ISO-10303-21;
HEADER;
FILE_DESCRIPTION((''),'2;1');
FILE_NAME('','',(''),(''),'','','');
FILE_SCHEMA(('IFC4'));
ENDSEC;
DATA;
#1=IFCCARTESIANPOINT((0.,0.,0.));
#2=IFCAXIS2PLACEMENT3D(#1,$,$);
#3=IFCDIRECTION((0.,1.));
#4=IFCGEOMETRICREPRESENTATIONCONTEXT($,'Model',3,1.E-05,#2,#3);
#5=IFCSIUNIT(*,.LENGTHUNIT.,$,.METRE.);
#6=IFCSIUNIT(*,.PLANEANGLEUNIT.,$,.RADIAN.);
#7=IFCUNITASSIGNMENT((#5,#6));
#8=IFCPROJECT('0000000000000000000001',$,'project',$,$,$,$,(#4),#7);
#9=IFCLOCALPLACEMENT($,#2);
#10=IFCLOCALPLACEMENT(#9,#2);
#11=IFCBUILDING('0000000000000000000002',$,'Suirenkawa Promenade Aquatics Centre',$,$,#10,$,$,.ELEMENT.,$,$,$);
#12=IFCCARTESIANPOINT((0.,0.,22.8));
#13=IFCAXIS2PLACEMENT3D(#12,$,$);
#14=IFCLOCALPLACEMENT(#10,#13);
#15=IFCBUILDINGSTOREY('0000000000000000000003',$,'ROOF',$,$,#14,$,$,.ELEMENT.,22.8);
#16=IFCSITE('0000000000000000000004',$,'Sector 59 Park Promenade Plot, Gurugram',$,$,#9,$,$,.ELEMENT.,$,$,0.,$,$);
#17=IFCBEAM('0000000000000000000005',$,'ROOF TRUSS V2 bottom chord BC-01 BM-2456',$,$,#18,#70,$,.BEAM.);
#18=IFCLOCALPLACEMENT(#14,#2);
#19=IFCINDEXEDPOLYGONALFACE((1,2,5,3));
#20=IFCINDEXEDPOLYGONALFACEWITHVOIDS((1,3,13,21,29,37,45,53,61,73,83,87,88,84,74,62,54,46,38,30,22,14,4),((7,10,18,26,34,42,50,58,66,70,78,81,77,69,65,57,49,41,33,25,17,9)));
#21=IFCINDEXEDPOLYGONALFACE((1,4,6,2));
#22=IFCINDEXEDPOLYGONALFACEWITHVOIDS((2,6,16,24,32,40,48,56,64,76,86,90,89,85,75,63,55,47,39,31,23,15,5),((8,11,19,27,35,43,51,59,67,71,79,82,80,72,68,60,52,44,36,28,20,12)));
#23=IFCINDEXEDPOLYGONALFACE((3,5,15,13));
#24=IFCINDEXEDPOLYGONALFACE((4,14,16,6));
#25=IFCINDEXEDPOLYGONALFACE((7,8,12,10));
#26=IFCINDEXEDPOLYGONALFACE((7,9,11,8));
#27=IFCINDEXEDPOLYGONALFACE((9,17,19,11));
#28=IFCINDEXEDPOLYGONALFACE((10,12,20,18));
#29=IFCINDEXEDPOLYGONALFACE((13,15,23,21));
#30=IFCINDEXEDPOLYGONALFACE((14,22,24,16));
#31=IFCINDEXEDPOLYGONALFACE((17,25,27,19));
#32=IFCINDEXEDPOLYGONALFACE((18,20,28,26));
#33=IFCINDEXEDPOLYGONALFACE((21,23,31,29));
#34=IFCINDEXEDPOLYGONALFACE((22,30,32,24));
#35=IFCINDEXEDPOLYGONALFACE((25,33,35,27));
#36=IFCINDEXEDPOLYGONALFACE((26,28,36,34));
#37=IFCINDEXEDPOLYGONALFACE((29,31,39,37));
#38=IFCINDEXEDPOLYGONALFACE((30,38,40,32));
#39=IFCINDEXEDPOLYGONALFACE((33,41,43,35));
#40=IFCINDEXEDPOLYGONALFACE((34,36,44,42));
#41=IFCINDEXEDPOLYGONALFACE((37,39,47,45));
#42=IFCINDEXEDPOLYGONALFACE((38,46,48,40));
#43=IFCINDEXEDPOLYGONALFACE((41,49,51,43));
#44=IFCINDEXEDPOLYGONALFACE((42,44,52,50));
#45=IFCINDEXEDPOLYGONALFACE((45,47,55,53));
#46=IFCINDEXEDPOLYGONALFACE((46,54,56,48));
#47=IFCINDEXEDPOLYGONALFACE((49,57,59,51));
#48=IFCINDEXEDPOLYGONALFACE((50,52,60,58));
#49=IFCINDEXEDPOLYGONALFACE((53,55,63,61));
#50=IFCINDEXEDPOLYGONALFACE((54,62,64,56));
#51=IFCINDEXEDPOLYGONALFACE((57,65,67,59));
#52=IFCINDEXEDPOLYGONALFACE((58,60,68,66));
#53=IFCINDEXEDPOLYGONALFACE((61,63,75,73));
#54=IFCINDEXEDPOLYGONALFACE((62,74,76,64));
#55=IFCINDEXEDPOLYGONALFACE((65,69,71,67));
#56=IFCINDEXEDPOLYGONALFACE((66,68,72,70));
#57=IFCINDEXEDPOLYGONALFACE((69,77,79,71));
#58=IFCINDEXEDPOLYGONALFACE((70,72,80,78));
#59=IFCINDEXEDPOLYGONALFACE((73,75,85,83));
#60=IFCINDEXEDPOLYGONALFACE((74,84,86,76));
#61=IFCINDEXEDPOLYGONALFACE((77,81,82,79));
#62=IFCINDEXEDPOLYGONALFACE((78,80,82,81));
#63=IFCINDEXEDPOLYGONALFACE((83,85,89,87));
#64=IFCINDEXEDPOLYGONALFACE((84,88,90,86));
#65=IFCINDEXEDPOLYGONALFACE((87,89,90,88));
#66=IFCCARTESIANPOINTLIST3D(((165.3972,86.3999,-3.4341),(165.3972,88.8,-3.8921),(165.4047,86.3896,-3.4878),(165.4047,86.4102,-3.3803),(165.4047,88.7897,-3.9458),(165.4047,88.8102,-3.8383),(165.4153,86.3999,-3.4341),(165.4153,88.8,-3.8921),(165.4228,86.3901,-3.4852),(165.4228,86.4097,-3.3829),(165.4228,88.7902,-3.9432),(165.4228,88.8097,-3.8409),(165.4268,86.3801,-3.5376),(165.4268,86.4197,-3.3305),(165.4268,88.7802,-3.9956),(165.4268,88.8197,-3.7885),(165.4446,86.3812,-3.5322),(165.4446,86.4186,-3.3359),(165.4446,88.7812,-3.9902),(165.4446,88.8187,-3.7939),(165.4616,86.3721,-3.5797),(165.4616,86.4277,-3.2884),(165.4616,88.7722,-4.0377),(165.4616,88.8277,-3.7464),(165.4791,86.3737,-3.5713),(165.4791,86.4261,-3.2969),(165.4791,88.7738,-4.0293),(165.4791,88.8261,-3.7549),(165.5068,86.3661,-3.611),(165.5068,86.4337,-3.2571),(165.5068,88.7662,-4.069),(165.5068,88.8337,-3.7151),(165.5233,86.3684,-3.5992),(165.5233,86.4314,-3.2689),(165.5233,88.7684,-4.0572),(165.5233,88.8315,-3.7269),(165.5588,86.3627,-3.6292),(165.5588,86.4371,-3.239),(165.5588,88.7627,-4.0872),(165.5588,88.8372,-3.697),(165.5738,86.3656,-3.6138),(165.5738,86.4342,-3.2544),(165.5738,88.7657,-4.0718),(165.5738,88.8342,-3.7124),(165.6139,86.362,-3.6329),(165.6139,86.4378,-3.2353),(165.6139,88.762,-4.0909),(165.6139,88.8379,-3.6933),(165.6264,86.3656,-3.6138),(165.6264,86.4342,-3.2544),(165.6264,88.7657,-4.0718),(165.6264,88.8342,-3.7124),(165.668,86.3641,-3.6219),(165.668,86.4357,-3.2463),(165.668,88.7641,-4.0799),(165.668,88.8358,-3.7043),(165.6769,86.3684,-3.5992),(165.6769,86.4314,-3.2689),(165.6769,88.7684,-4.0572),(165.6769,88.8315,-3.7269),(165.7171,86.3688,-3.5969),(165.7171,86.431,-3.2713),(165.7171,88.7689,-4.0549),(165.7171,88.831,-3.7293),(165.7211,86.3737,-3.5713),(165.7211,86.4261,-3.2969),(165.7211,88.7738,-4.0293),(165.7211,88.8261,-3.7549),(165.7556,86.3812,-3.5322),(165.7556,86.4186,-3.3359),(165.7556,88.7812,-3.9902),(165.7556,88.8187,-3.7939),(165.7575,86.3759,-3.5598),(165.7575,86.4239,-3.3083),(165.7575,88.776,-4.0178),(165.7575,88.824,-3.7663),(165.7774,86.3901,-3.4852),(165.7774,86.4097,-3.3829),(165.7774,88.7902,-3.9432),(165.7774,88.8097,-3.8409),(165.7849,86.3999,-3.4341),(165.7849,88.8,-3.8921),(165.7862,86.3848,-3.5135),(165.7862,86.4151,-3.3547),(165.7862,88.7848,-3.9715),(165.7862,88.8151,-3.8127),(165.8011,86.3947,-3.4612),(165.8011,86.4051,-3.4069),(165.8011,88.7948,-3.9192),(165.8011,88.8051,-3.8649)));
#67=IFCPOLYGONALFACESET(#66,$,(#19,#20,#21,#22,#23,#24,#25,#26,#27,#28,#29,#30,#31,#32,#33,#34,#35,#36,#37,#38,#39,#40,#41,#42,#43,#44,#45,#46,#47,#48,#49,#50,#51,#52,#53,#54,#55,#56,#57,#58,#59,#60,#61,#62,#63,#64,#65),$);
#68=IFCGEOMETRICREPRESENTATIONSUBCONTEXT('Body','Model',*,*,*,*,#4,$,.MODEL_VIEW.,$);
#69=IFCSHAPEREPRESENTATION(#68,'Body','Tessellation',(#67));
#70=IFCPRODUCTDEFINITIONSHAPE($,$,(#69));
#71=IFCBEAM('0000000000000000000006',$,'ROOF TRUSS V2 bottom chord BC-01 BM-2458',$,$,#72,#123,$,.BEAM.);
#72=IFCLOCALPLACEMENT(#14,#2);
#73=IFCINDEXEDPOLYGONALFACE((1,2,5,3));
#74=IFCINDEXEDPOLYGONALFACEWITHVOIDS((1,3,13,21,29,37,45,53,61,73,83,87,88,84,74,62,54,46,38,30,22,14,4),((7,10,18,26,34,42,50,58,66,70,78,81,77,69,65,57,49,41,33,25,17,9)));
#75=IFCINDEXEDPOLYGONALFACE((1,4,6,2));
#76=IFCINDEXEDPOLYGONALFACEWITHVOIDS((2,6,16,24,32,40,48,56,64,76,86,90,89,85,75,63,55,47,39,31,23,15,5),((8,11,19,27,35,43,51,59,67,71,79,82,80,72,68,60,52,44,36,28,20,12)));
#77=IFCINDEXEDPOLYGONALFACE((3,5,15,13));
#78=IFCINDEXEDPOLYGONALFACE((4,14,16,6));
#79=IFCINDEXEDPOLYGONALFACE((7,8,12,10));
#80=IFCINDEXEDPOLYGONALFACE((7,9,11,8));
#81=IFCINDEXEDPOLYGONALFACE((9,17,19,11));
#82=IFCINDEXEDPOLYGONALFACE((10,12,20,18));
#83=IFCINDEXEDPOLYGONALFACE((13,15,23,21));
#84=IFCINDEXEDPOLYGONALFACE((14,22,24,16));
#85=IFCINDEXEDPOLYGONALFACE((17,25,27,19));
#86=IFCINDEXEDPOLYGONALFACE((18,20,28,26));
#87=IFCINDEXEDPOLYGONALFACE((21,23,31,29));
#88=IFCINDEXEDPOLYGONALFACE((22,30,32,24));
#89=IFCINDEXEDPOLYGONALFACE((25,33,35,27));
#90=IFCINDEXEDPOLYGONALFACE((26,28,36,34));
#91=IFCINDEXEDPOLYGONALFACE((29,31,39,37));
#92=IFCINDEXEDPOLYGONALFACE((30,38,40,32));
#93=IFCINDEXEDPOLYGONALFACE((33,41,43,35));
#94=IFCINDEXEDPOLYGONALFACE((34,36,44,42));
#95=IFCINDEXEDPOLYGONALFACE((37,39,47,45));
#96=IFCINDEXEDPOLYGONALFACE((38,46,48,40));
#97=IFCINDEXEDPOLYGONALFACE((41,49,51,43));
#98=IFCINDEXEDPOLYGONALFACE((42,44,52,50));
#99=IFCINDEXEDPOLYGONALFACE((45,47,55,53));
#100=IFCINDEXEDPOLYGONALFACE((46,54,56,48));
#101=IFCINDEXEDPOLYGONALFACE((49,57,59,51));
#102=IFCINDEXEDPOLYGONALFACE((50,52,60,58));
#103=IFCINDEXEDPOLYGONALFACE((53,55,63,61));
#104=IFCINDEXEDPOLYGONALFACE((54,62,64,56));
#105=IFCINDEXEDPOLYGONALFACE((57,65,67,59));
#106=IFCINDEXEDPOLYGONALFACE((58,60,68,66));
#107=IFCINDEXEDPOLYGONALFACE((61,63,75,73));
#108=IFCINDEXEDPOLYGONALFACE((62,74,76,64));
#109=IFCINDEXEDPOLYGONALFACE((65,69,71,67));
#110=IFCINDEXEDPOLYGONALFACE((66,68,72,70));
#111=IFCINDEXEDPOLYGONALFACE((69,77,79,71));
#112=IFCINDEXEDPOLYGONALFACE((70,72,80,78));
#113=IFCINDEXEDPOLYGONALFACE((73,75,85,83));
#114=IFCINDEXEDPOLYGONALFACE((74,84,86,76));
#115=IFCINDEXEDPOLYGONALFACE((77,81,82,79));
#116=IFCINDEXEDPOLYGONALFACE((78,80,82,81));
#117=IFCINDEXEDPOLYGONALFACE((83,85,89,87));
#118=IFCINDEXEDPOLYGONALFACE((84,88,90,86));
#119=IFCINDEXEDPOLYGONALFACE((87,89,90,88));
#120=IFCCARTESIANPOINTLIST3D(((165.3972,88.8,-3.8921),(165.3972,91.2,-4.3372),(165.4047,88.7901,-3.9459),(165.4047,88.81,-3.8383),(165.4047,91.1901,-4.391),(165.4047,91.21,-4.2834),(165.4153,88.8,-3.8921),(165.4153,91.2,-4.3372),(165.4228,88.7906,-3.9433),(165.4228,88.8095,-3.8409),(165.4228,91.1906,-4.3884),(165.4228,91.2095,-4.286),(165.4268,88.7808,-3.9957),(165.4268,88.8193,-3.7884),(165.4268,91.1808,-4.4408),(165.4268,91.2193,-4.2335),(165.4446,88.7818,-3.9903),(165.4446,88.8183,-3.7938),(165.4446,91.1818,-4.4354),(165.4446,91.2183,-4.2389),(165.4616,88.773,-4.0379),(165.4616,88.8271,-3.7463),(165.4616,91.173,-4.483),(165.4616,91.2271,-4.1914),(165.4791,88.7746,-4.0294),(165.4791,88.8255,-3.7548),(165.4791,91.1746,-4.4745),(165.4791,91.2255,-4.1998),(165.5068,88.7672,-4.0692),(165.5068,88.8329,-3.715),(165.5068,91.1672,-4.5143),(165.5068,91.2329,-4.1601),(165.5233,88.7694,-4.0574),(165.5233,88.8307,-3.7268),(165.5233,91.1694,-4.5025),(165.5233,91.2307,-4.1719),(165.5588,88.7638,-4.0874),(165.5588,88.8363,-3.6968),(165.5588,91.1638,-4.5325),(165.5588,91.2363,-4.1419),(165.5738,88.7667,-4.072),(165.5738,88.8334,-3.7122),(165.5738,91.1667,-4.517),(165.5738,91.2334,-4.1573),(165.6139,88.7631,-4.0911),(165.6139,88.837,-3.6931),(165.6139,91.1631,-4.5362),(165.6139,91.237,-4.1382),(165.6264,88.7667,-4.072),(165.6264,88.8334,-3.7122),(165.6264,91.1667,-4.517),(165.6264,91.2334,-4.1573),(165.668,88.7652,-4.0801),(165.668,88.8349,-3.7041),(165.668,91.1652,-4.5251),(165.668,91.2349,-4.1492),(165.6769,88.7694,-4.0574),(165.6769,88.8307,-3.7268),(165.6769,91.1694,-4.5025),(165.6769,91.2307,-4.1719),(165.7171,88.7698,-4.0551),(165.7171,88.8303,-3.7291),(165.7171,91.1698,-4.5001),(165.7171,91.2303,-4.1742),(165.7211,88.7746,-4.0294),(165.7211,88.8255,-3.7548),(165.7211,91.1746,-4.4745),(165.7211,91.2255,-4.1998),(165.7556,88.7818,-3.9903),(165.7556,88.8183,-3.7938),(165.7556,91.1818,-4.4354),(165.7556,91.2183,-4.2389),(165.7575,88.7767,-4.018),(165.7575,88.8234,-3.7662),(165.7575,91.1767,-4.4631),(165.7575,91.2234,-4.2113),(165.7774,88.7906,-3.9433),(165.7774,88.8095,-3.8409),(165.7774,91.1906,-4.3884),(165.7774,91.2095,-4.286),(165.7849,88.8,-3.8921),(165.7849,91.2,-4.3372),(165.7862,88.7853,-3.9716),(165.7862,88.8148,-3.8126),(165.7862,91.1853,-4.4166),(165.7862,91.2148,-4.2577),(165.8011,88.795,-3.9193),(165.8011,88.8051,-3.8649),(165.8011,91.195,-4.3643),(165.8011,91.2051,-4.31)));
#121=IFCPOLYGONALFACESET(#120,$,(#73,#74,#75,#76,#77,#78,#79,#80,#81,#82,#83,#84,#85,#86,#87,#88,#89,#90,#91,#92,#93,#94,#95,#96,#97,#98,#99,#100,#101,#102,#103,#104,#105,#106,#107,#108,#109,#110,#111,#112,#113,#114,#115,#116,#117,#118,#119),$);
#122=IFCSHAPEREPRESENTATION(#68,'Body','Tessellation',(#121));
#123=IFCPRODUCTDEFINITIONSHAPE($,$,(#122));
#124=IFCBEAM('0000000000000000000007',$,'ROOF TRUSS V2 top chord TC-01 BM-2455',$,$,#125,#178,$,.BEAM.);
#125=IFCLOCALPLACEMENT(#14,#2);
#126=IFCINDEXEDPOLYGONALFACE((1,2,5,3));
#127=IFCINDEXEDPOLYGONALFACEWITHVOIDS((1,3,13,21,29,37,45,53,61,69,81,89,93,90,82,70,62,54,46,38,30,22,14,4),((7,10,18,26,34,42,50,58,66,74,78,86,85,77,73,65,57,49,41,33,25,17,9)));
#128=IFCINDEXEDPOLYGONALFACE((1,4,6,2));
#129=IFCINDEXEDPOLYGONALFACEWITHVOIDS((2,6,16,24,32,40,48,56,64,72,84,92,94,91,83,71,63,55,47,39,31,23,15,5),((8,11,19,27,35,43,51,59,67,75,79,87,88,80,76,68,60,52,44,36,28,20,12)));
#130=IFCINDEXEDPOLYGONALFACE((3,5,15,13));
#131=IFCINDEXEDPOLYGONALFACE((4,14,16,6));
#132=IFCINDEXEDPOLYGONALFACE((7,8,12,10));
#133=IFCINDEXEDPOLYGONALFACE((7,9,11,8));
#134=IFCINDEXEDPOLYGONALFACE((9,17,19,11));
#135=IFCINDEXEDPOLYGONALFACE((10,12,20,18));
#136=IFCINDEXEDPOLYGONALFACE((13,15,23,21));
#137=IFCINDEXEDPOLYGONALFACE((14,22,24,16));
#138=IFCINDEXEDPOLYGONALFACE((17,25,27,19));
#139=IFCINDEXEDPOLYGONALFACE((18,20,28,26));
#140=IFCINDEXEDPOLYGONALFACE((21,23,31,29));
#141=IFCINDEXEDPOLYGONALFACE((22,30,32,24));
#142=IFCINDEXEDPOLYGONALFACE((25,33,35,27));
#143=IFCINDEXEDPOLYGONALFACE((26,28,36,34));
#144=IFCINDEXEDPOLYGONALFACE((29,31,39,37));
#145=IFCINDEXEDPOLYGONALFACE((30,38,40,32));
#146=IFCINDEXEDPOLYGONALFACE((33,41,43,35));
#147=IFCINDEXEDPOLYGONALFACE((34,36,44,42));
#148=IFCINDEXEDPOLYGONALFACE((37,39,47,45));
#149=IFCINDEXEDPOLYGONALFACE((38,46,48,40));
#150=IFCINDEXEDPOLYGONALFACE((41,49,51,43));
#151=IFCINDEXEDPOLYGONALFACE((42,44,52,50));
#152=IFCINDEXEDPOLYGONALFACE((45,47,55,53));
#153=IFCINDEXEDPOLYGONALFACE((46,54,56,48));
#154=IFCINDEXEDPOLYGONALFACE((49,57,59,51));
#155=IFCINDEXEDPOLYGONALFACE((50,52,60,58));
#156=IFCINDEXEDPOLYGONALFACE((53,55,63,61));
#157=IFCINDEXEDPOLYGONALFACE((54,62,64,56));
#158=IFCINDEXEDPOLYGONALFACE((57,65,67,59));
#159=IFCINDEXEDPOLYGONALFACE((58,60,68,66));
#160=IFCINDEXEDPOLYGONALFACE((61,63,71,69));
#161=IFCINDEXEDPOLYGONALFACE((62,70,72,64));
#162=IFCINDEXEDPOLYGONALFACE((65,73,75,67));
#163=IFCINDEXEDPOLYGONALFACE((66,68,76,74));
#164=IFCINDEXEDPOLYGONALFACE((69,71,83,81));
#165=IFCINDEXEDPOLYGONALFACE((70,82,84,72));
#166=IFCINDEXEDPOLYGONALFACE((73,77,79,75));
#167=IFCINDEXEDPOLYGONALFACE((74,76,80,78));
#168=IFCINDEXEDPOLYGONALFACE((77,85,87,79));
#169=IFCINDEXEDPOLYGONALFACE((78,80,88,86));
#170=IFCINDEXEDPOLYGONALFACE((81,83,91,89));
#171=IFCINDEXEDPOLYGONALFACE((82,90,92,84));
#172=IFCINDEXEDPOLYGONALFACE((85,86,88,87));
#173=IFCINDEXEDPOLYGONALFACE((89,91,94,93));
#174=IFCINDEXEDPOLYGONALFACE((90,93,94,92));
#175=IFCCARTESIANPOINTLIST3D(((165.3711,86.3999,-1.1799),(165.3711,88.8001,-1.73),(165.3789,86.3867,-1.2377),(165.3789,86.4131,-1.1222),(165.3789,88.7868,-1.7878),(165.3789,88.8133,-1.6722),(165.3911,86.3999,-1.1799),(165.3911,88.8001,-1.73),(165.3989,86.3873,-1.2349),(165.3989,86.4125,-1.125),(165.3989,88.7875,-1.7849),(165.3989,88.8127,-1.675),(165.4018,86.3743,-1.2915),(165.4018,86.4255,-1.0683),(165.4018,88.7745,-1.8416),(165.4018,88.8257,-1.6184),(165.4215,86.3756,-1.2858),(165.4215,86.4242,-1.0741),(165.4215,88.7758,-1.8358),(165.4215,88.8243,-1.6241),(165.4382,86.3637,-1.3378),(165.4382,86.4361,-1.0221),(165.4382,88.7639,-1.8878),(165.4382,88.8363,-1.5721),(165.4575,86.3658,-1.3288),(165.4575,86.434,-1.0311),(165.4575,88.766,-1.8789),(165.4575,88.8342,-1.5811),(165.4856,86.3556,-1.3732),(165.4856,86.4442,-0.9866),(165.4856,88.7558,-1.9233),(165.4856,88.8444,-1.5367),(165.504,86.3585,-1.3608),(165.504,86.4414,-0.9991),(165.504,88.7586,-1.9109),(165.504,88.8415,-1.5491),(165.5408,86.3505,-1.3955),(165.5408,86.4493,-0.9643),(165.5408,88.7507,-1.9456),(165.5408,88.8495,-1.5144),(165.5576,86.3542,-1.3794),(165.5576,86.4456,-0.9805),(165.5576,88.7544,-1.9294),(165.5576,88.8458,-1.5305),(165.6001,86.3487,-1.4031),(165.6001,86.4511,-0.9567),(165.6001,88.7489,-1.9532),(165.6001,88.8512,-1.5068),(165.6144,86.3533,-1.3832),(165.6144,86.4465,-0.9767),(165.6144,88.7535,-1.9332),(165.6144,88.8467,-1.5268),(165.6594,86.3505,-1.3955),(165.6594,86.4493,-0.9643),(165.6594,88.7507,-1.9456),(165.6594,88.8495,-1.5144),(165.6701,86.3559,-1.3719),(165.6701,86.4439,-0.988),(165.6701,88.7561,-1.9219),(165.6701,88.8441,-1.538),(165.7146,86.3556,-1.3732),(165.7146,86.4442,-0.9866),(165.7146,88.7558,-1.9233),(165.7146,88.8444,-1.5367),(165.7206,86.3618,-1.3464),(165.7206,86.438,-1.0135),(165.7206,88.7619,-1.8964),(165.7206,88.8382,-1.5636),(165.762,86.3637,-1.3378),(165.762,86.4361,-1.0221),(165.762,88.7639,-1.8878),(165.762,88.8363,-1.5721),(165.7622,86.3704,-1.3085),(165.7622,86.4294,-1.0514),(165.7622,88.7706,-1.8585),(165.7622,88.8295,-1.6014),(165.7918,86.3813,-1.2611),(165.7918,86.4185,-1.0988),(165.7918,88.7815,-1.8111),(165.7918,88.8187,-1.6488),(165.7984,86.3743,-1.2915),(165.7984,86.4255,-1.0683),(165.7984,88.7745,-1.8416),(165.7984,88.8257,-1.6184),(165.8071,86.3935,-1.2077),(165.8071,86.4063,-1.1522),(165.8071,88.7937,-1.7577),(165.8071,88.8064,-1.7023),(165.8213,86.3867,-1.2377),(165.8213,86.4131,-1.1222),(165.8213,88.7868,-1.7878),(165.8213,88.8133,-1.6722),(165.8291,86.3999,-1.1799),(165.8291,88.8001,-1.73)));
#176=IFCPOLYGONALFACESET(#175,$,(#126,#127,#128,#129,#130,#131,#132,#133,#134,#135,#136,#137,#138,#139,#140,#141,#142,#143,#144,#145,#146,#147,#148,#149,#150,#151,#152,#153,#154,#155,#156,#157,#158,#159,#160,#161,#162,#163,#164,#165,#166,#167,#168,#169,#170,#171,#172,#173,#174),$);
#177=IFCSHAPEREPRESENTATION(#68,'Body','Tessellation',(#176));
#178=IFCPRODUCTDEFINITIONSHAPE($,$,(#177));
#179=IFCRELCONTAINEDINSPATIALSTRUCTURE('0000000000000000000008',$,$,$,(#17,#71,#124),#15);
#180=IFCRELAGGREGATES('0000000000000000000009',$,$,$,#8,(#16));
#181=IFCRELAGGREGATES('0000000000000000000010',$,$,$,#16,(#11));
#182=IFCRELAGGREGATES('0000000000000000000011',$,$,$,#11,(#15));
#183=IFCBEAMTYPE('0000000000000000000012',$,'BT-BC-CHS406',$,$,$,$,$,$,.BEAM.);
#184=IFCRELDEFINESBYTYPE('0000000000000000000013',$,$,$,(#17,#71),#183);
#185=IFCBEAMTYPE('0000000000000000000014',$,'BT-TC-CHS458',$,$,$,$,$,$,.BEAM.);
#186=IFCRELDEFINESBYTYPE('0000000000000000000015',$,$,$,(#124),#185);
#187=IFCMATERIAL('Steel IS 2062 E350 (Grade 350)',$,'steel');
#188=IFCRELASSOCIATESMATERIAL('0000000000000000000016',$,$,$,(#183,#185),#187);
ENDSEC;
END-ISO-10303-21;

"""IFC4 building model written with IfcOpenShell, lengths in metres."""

from ifc_helpers import new_model, si_unit, direction, frame, origin, origin_2d, place, context, subcontext, project, spatial, hollow_circle, extrude, material, material_profile, profile_set, type_object, element, save


model = new_model("IFC4")

# Units and contexts
model_context = context("Model", 3, precision=1e-05, world=origin(), true_north=direction((0.0, 1.0)))
body_context = subcontext(model_context, "Body", "Model", "MODEL_VIEW")
ifc_project = project(units=[si_unit("LENGTHUNIT", "METRE"), si_unit("PLANEANGLEUNIT", "RADIAN")], contexts=[model_context])

# Site, building, storey
site_placement = place(None, origin())
site = spatial("IfcSite", under=ifc_project, at=site_placement, Name="Sector 59 Park Promenade Plot, Gurugram", CompositionType="ELEMENT", RefElevation=0.0)
building_placement = place(site_placement, origin())
building = spatial("IfcBuilding", under=site, at=building_placement, Name="Suirenkawa Promenade Aquatics Centre", CompositionType="ELEMENT")
storey_placement = place(building_placement, frame((0.0, 0.0, 22.8)))
storey = spatial("IfcBuildingStorey", under=building, at=storey_placement, Name="ROOF", CompositionType="ELEMENT", Elevation=22.8)

# Beams
ifc_material_1 = material(Name="Steel IS 2062 E350 (Grade 350)", Category="steel")
ifc_material_profile_1 = material_profile(ifc_material_1, hollow_circle(Radius=0.2029, WallThickness=0.0181, at=origin_2d()), Name="CHS 406x18", Category="steel")
ifc_profile_set_1 = profile_set([ifc_material_profile_1], Name="Steel IS 2062 E350 (Grade 350)")
beam_type_1 = type_object("IfcBeamType", Name="BT-BC-CHS406", PredefinedType="BEAM", material=ifc_profile_set_1)
beam_1_placement = place(storey_placement, frame((165.6001, 86.3999, -3.4341), z_axis=(0.0, 0.982276, -0.187443), x_axis=(-1.0, 0.0, 0.0)))
element("IfcBeam", 1, at=beam_1_placement, inside=storey, type_object=beam_type_1, Name="ROOF TRUSS V2 bottom chord BC-01 BM-2456", PredefinedType="BEAM", context=body_context, shape_type="SweptSolid", body=[
    extrude(hollow_circle(Radius=0.2029, WallThickness=0.0181, at=origin_2d()), origin(), (0.0, 0.0, 1.0), 2.4434),
])
beam_2_placement = place(storey_placement, frame((165.6001, 88.8, -3.8921), z_axis=(0.0, 0.983235, -0.182344), x_axis=(-1.0, 0.0, 0.0)))
element("IfcBeam", 2, at=beam_2_placement, inside=storey, type_object=beam_type_1, Name="ROOF TRUSS V2 bottom chord BC-01 BM-2458", PredefinedType="BEAM", context=body_context, shape_type="SweptSolid", body=[
    extrude(hollow_circle(Radius=0.2029, WallThickness=0.0181, at=origin_2d()), origin(), (0.0, 0.0, 1.0), 2.4409),
])
ifc_material_profile_2 = material_profile(ifc_material_1, hollow_circle(Radius=0.229, WallThickness=0.02, at=origin_2d()), Name="CHS 458x20", Category="steel")
ifc_profile_set_2 = profile_set([ifc_material_profile_2], Name="Steel IS 2062 E350 (Grade 350)")
beam_type_2 = type_object("IfcBeamType", Name="BT-TC-CHS458", PredefinedType="BEAM", material=ifc_profile_set_2)
beam_3_placement = place(storey_placement, frame((165.6001, 86.3999, -1.1799), z_axis=(0.0, 0.974731, -0.223382), x_axis=(-1.0, 0.0, 0.0)))
element("IfcBeam", 3, at=beam_3_placement, inside=storey, type_object=beam_type_2, Name="ROOF TRUSS V2 top chord TC-01 BM-2455", PredefinedType="BEAM", context=body_context, shape_type="SweptSolid", body=[
    extrude(hollow_circle(Radius=0.229, WallThickness=0.02, at=origin_2d()), origin(), (0.0, 0.0, 1.0), 2.4624),
])

save(model, "model.ifc")
